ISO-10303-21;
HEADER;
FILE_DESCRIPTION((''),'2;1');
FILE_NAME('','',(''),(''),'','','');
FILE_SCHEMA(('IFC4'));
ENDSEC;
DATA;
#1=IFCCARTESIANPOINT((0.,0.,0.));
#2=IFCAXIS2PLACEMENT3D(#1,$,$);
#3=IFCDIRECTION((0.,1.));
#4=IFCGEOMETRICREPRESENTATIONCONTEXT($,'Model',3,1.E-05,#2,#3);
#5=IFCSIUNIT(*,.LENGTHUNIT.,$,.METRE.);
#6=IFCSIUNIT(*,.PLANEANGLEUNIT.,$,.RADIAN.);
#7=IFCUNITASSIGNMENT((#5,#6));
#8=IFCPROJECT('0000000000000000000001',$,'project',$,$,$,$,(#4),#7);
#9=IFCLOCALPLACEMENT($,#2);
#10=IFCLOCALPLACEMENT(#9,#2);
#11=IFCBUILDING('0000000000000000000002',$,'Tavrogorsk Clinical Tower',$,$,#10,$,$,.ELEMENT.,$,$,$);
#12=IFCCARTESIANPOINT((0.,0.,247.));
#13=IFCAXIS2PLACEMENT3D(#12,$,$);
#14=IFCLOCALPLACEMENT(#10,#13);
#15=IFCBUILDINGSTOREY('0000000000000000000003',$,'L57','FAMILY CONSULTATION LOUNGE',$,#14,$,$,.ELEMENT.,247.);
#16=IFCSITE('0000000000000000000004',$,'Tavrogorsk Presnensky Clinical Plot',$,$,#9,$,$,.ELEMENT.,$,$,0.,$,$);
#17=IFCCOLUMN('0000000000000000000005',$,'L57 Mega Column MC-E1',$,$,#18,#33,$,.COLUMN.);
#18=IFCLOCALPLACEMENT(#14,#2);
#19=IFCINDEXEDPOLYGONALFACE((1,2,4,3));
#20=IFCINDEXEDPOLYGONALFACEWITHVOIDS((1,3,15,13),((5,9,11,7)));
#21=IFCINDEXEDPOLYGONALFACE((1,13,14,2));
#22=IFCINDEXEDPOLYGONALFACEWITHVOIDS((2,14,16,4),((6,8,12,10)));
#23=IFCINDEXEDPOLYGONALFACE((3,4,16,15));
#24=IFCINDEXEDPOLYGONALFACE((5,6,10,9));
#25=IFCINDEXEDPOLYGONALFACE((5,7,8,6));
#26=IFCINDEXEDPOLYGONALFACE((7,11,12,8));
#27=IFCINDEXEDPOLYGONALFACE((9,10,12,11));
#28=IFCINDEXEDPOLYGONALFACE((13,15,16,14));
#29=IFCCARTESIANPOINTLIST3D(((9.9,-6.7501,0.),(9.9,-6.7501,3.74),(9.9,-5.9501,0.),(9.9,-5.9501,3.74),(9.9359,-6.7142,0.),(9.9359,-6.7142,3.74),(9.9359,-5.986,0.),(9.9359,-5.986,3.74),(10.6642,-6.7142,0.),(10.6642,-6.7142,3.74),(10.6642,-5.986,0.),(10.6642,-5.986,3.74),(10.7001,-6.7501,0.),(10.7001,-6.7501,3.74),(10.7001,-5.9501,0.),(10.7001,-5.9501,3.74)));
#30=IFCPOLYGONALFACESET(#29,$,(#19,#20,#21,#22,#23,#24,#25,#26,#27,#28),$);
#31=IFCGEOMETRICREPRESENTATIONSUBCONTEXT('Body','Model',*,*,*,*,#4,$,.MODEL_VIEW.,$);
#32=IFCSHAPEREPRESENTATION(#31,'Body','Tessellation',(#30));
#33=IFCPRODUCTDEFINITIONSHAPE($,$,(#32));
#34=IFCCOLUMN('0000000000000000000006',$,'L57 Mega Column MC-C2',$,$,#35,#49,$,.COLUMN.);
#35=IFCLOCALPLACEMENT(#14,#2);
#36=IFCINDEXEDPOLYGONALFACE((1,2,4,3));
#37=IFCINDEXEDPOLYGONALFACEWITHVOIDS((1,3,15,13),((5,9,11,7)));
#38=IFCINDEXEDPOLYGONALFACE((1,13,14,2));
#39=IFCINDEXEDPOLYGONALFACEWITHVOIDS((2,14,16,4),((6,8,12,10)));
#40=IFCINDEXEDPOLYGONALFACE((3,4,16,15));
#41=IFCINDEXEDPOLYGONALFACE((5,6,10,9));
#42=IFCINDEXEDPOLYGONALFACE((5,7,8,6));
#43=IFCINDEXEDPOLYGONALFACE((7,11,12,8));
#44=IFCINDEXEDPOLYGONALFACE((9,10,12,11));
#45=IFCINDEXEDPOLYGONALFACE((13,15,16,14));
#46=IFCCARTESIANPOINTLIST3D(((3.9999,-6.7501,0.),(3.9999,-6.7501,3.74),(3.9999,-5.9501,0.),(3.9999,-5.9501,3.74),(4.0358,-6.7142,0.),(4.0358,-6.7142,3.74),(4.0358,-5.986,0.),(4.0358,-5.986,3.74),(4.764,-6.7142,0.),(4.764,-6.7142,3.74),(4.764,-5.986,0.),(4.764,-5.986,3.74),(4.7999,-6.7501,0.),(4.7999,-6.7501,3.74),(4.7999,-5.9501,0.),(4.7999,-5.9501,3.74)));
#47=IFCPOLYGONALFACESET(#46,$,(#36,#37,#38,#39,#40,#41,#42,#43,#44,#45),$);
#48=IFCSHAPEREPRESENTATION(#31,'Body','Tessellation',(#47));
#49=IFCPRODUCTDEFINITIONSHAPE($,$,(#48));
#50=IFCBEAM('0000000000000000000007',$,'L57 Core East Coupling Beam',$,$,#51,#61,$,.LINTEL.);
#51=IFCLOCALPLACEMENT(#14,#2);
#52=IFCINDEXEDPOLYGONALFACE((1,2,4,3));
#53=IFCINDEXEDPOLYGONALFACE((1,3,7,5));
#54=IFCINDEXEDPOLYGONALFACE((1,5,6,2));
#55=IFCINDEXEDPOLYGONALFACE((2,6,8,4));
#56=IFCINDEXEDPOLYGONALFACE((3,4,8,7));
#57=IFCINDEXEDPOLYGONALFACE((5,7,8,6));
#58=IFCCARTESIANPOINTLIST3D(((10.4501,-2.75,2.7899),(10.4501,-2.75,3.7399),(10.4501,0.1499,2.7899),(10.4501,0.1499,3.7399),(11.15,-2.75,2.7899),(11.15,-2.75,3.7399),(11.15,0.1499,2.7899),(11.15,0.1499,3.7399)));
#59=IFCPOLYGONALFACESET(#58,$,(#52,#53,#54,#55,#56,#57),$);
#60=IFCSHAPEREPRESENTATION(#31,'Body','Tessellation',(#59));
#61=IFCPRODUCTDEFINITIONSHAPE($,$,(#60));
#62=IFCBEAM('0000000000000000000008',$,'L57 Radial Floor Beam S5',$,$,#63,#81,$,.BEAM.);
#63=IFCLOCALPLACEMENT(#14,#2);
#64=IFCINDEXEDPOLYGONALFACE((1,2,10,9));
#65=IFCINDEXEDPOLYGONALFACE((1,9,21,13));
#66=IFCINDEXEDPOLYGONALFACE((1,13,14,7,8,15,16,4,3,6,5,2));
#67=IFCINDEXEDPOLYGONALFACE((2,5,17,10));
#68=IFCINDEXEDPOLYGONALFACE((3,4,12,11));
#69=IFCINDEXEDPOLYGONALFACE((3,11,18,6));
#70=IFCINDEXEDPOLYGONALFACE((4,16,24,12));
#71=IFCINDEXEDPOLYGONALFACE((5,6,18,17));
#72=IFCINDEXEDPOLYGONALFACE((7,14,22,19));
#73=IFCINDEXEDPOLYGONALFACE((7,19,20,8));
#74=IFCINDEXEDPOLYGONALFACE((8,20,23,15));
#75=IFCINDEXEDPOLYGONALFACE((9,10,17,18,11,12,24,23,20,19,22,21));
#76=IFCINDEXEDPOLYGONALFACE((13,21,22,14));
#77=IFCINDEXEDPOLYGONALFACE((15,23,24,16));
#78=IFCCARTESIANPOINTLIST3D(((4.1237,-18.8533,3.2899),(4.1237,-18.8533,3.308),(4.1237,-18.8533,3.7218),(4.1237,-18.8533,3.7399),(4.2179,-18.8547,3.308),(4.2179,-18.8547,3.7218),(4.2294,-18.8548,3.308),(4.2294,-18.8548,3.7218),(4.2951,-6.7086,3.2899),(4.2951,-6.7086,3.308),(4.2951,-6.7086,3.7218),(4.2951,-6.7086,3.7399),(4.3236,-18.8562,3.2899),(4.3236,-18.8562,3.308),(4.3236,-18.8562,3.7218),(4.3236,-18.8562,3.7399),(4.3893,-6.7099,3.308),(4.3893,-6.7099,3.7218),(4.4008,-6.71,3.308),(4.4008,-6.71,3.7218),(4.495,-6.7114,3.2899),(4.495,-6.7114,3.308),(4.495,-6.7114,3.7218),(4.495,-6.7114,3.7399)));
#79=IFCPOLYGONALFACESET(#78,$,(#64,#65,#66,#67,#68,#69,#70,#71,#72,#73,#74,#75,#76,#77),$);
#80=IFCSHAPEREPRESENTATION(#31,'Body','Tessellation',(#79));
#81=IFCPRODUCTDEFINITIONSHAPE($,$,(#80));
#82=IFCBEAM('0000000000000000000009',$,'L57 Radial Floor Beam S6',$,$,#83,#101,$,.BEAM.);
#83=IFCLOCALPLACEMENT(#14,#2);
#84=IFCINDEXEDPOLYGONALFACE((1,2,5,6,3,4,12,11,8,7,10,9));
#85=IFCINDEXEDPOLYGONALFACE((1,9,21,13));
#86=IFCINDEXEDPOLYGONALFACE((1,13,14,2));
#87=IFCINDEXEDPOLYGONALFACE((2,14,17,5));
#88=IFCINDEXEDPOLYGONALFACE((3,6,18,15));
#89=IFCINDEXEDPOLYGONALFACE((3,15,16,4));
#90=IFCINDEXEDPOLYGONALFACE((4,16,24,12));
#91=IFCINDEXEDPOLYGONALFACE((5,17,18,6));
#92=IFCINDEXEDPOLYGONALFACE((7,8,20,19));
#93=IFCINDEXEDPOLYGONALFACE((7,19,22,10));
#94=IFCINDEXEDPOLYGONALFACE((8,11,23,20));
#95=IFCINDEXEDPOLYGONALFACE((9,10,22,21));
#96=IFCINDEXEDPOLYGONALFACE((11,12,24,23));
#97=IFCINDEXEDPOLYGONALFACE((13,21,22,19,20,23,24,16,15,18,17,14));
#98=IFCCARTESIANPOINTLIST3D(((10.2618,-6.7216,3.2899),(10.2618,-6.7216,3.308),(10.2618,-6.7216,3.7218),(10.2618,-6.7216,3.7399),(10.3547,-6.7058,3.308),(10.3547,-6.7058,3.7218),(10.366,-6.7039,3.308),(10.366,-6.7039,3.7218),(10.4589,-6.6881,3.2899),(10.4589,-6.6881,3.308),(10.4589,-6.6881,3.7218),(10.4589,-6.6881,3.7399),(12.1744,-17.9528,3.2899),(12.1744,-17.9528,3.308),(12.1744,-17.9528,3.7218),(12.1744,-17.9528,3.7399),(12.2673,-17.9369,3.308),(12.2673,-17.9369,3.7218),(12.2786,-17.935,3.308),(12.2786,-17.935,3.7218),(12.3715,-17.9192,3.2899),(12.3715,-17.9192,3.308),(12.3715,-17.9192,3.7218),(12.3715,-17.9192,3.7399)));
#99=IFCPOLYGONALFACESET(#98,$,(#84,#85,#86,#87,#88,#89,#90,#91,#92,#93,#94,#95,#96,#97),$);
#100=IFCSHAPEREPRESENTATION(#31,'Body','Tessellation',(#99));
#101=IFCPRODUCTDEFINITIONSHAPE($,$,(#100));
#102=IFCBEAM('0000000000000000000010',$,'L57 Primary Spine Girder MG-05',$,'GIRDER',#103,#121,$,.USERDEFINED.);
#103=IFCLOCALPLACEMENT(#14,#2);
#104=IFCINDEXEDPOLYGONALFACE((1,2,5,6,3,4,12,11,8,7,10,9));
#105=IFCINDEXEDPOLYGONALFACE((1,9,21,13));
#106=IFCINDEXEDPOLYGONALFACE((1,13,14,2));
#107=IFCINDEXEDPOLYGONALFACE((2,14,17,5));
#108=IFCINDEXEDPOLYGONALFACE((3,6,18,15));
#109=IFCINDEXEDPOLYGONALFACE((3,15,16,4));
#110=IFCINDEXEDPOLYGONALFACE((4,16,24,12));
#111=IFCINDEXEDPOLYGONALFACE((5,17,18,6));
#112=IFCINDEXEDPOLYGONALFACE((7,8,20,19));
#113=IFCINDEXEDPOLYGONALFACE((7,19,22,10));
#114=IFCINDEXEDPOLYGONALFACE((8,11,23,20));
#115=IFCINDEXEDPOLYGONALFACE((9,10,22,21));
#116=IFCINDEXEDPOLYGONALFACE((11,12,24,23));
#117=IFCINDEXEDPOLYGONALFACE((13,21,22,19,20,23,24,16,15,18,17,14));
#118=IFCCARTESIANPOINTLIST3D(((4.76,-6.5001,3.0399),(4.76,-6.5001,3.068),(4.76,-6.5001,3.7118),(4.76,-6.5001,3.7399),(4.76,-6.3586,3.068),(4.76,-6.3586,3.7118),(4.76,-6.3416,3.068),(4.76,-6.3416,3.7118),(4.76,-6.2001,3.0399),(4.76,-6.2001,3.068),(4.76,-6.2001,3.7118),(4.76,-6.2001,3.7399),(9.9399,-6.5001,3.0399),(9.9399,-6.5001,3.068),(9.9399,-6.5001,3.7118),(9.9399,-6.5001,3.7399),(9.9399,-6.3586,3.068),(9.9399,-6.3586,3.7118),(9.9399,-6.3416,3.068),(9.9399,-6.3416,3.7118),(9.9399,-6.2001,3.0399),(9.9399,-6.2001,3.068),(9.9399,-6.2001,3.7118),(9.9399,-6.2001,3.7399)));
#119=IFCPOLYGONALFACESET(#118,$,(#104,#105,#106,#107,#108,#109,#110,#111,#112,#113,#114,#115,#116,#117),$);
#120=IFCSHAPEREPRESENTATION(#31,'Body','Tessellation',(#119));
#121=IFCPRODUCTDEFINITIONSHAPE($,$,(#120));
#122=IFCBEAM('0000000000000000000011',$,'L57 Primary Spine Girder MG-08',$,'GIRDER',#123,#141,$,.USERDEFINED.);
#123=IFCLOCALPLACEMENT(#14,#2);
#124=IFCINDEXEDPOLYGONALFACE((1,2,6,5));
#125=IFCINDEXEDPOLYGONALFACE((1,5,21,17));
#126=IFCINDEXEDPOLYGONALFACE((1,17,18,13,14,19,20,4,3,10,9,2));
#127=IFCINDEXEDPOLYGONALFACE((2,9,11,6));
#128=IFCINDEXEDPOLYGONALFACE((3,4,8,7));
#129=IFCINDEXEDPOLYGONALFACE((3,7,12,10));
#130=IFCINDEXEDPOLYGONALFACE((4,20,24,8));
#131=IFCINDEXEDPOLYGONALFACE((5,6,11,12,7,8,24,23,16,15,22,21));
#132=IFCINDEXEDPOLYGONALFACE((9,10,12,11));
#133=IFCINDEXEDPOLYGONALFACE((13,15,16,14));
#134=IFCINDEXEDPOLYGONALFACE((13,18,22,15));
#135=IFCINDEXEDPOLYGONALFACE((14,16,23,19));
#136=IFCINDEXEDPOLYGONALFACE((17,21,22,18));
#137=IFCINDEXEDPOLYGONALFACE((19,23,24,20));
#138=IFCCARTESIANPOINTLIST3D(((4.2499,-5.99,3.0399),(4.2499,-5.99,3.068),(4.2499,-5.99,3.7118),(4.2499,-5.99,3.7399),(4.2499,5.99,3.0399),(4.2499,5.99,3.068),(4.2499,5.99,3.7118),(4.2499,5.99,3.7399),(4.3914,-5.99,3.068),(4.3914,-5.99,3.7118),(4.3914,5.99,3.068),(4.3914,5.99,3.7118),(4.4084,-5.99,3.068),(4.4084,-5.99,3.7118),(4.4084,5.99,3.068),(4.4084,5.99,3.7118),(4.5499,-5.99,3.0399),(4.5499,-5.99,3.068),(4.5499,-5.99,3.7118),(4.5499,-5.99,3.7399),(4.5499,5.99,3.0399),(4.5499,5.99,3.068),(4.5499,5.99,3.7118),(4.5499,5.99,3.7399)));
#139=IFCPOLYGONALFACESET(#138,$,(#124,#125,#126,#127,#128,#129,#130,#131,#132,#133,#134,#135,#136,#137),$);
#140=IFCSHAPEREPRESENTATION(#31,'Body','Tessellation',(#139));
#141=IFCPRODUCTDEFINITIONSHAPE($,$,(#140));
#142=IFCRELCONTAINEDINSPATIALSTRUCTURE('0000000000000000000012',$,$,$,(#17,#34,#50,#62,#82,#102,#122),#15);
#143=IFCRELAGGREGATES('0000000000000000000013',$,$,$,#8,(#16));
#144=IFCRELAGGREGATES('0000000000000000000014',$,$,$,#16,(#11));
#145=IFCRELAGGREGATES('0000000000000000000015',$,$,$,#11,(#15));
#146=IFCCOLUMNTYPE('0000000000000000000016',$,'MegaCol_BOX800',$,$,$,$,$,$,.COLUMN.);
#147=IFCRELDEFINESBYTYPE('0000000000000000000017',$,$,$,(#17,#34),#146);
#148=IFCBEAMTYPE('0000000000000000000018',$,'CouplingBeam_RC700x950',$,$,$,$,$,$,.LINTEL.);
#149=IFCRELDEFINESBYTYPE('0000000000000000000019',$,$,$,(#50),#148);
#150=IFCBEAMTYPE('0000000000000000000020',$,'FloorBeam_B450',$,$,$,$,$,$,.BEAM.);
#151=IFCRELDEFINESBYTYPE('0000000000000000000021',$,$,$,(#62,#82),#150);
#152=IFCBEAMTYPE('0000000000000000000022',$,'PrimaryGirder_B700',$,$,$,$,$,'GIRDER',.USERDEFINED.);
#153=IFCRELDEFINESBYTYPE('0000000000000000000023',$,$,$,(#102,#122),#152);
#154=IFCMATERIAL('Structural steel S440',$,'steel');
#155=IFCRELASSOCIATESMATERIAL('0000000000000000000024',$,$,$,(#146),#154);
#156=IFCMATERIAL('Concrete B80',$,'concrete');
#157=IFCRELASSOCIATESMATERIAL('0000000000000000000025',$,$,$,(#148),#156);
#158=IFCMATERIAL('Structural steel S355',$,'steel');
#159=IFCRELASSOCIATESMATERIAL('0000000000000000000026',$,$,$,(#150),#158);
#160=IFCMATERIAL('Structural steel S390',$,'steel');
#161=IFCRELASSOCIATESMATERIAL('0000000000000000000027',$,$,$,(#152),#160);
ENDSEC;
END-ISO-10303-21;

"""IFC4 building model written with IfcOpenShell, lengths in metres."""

from ifc_helpers import new_model, si_unit, direction, frame, origin, origin_2d, place, context, subcontext, project, spatial, rectangle, hollow_rectangle, i_section, extrude, material, material_profile, profile_set, type_object, element, save


model = new_model("IFC4")

# Units and contexts
model_context = context("Model", 3, precision=1e-05, world=origin(), true_north=direction((0.0, 1.0)))
body_context = subcontext(model_context, "Body", "Model", "MODEL_VIEW")
ifc_project = project(units=[si_unit("LENGTHUNIT", "METRE"), si_unit("PLANEANGLEUNIT", "RADIAN")], contexts=[model_context])

# Site, building, storey
site_placement = place(None, origin())
site = spatial("IfcSite", under=ifc_project, at=site_placement, Name="Tavrogorsk Presnensky Clinical Plot", CompositionType="ELEMENT", RefElevation=0.0)
building_placement = place(site_placement, origin())
building = spatial("IfcBuilding", under=site, at=building_placement, Name="Tavrogorsk Clinical Tower", CompositionType="ELEMENT")
storey_placement = place(building_placement, frame((0.0, 0.0, 247.0)))
storey = spatial("IfcBuildingStorey", under=building, at=storey_placement, Name="L57", Description="FAMILY CONSULTATION LOUNGE", CompositionType="ELEMENT", Elevation=247.0)

# Columns
ifc_material_1 = material(Name="Structural steel S440", Category="steel")
ifc_material_profile_1 = material_profile(ifc_material_1, hollow_rectangle(XDim=0.8, YDim=0.8, WallThickness=0.0359, at=origin_2d()), Name="BOX-800x800x36")
ifc_profile_set_1 = profile_set([ifc_material_profile_1], Name="Structural steel S440")
column_type = type_object("IfcColumnType", Name="MegaCol_BOX800", PredefinedType="COLUMN", material=ifc_profile_set_1)
for number, where, z_axis, x_axis, name in (
    (1, (10.3, -6.3501, 0.0), (0.0, 0.0, 1.0), (1.0, 0.0, 0.0), "L57 Mega Column MC-E1"),
    (2, (4.3999, -6.3501, 0.0), (0.0, 0.0, 1.0), (1.0, 0.0, 0.0), "L57 Mega Column MC-C2"),
):
    element("IfcColumn", number, at=place(storey_placement, frame(where, z_axis=z_axis, x_axis=x_axis)), inside=storey, type_object=column_type, Name=name, PredefinedType="COLUMN", context=body_context, shape_type="SweptSolid", body=[
        extrude(hollow_rectangle(XDim=0.8, YDim=0.8, WallThickness=0.0359, at=origin_2d()), origin(), (0.0, 0.0, 1.0), 3.74),
    ])

# Beams
ifc_material_2 = material(Name="Concrete B80", Category="concrete")
ifc_material_profile_2 = material_profile(ifc_material_2, rectangle(XDim=0.7, YDim=0.95, at=origin_2d()), Name="RC-CB-700x950")
ifc_profile_set_2 = profile_set([ifc_material_profile_2], Name="Concrete B80")
beam_type_1 = type_object("IfcBeamType", Name="CouplingBeam_RC700x950", PredefinedType="LINTEL", material=ifc_profile_set_2)
beam_1_placement = place(storey_placement, frame((10.8, -2.75, 3.2649), z_axis=(0.0, 1.0, 0.0), x_axis=(-1.0, 0.0, 0.0)))
element("IfcBeam", 3, at=beam_1_placement, inside=storey, type_object=beam_type_1, Name="L57 Core East Coupling Beam", PredefinedType="LINTEL", context=body_context, shape_type="SweptSolid", body=[
    extrude(rectangle(XDim=0.7, YDim=0.95, at=origin_2d()), origin(), (0.0, 0.0, 1.0), 2.8999),
])
ifc_material_3 = material(Name="Structural steel S355", Category="steel")
ifc_material_profile_3 = material_profile(ifc_material_3, i_section(OverallWidth=0.2, OverallDepth=0.45, WebThickness=0.0115, FlangeThickness=0.0181, at=origin_2d()), Name="B-450x200x11.5x18")
ifc_profile_set_3 = profile_set([ifc_material_profile_3], Name="Structural steel S355")
beam_type_2 = type_object("IfcBeamType", Name="FloorBeam_B450", PredefinedType="BEAM", material=ifc_profile_set_3)
beam_2_placement = place(storey_placement, frame((4.395, -6.71, 3.5149), z_axis=(-0.014111, -0.9999, 0.0), x_axis=(0.9999, -0.014111, 0.0)))
element("IfcBeam", 4, at=beam_2_placement, inside=storey, type_object=beam_type_2, Name="L57 Radial Floor Beam S5", PredefinedType="BEAM", context=body_context, shape_type="SweptSolid", body=[
    extrude(i_section(OverallWidth=0.2, OverallDepth=0.45, WebThickness=0.0115, FlangeThickness=0.0181, at=origin_2d()), origin(), (0.0, 0.0, 1.0), 12.146),
])
beam_3_placement = place(storey_placement, frame((10.3604, -6.7048, 3.5149), z_axis=(0.167876, -0.985808, 0.0), x_axis=(0.985808, 0.167876, 0.0)))
element("IfcBeam", 5, at=beam_3_placement, inside=storey, type_object=beam_type_2, Name="L57 Radial Floor Beam S6", PredefinedType="BEAM", context=body_context, shape_type="SweptSolid", body=[
    extrude(i_section(OverallWidth=0.2, OverallDepth=0.45, WebThickness=0.0115, FlangeThickness=0.0181, at=origin_2d()), origin(), (0.0, 0.0, 1.0), 11.3928),
])
ifc_material_4 = material(Name="Structural steel S390", Category="steel")
ifc_material_profile_4 = material_profile(ifc_material_4, i_section(OverallWidth=0.3, OverallDepth=0.7, WebThickness=0.0171, FlangeThickness=0.0281, at=origin_2d()), Name="B-700x300x17x28")
ifc_profile_set_4 = profile_set([ifc_material_profile_4], Name="Structural steel S390")
beam_type_3 = type_object("IfcBeamType", Name="PrimaryGirder_B700", ElementType="GIRDER", PredefinedType="USERDEFINED", material=ifc_profile_set_4)
beam_4_placement = place(storey_placement, frame((4.76, -6.3501, 3.3899), z_axis=(1.0, 0.0, 0.0), x_axis=(0.0, 1.0, 0.0)))
element("IfcBeam", 6, at=beam_4_placement, inside=storey, type_object=beam_type_3, Name="L57 Primary Spine Girder MG-05", ObjectType="GIRDER", PredefinedType="USERDEFINED", context=body_context, shape_type="SweptSolid", body=[
    extrude(i_section(OverallWidth=0.3, OverallDepth=0.7, WebThickness=0.0171, FlangeThickness=0.0281, at=origin_2d()), origin(), (0.0, 0.0, 1.0), 5.1799),
])
beam_5_placement = place(storey_placement, frame((4.3999, -5.99, 3.3899), z_axis=(0.0, 1.0, 0.0), x_axis=(-1.0, 0.0, 0.0)))
element("IfcBeam", 7, at=beam_5_placement, inside=storey, type_object=beam_type_3, Name="L57 Primary Spine Girder MG-08", ObjectType="GIRDER", PredefinedType="USERDEFINED", context=body_context, shape_type="SweptSolid", body=[
    extrude(i_section(OverallWidth=0.3, OverallDepth=0.7, WebThickness=0.0171, FlangeThickness=0.0281, at=origin_2d()), origin(), (0.0, 0.0, 1.0), 11.98),
])

save(model, "model.ifc")
